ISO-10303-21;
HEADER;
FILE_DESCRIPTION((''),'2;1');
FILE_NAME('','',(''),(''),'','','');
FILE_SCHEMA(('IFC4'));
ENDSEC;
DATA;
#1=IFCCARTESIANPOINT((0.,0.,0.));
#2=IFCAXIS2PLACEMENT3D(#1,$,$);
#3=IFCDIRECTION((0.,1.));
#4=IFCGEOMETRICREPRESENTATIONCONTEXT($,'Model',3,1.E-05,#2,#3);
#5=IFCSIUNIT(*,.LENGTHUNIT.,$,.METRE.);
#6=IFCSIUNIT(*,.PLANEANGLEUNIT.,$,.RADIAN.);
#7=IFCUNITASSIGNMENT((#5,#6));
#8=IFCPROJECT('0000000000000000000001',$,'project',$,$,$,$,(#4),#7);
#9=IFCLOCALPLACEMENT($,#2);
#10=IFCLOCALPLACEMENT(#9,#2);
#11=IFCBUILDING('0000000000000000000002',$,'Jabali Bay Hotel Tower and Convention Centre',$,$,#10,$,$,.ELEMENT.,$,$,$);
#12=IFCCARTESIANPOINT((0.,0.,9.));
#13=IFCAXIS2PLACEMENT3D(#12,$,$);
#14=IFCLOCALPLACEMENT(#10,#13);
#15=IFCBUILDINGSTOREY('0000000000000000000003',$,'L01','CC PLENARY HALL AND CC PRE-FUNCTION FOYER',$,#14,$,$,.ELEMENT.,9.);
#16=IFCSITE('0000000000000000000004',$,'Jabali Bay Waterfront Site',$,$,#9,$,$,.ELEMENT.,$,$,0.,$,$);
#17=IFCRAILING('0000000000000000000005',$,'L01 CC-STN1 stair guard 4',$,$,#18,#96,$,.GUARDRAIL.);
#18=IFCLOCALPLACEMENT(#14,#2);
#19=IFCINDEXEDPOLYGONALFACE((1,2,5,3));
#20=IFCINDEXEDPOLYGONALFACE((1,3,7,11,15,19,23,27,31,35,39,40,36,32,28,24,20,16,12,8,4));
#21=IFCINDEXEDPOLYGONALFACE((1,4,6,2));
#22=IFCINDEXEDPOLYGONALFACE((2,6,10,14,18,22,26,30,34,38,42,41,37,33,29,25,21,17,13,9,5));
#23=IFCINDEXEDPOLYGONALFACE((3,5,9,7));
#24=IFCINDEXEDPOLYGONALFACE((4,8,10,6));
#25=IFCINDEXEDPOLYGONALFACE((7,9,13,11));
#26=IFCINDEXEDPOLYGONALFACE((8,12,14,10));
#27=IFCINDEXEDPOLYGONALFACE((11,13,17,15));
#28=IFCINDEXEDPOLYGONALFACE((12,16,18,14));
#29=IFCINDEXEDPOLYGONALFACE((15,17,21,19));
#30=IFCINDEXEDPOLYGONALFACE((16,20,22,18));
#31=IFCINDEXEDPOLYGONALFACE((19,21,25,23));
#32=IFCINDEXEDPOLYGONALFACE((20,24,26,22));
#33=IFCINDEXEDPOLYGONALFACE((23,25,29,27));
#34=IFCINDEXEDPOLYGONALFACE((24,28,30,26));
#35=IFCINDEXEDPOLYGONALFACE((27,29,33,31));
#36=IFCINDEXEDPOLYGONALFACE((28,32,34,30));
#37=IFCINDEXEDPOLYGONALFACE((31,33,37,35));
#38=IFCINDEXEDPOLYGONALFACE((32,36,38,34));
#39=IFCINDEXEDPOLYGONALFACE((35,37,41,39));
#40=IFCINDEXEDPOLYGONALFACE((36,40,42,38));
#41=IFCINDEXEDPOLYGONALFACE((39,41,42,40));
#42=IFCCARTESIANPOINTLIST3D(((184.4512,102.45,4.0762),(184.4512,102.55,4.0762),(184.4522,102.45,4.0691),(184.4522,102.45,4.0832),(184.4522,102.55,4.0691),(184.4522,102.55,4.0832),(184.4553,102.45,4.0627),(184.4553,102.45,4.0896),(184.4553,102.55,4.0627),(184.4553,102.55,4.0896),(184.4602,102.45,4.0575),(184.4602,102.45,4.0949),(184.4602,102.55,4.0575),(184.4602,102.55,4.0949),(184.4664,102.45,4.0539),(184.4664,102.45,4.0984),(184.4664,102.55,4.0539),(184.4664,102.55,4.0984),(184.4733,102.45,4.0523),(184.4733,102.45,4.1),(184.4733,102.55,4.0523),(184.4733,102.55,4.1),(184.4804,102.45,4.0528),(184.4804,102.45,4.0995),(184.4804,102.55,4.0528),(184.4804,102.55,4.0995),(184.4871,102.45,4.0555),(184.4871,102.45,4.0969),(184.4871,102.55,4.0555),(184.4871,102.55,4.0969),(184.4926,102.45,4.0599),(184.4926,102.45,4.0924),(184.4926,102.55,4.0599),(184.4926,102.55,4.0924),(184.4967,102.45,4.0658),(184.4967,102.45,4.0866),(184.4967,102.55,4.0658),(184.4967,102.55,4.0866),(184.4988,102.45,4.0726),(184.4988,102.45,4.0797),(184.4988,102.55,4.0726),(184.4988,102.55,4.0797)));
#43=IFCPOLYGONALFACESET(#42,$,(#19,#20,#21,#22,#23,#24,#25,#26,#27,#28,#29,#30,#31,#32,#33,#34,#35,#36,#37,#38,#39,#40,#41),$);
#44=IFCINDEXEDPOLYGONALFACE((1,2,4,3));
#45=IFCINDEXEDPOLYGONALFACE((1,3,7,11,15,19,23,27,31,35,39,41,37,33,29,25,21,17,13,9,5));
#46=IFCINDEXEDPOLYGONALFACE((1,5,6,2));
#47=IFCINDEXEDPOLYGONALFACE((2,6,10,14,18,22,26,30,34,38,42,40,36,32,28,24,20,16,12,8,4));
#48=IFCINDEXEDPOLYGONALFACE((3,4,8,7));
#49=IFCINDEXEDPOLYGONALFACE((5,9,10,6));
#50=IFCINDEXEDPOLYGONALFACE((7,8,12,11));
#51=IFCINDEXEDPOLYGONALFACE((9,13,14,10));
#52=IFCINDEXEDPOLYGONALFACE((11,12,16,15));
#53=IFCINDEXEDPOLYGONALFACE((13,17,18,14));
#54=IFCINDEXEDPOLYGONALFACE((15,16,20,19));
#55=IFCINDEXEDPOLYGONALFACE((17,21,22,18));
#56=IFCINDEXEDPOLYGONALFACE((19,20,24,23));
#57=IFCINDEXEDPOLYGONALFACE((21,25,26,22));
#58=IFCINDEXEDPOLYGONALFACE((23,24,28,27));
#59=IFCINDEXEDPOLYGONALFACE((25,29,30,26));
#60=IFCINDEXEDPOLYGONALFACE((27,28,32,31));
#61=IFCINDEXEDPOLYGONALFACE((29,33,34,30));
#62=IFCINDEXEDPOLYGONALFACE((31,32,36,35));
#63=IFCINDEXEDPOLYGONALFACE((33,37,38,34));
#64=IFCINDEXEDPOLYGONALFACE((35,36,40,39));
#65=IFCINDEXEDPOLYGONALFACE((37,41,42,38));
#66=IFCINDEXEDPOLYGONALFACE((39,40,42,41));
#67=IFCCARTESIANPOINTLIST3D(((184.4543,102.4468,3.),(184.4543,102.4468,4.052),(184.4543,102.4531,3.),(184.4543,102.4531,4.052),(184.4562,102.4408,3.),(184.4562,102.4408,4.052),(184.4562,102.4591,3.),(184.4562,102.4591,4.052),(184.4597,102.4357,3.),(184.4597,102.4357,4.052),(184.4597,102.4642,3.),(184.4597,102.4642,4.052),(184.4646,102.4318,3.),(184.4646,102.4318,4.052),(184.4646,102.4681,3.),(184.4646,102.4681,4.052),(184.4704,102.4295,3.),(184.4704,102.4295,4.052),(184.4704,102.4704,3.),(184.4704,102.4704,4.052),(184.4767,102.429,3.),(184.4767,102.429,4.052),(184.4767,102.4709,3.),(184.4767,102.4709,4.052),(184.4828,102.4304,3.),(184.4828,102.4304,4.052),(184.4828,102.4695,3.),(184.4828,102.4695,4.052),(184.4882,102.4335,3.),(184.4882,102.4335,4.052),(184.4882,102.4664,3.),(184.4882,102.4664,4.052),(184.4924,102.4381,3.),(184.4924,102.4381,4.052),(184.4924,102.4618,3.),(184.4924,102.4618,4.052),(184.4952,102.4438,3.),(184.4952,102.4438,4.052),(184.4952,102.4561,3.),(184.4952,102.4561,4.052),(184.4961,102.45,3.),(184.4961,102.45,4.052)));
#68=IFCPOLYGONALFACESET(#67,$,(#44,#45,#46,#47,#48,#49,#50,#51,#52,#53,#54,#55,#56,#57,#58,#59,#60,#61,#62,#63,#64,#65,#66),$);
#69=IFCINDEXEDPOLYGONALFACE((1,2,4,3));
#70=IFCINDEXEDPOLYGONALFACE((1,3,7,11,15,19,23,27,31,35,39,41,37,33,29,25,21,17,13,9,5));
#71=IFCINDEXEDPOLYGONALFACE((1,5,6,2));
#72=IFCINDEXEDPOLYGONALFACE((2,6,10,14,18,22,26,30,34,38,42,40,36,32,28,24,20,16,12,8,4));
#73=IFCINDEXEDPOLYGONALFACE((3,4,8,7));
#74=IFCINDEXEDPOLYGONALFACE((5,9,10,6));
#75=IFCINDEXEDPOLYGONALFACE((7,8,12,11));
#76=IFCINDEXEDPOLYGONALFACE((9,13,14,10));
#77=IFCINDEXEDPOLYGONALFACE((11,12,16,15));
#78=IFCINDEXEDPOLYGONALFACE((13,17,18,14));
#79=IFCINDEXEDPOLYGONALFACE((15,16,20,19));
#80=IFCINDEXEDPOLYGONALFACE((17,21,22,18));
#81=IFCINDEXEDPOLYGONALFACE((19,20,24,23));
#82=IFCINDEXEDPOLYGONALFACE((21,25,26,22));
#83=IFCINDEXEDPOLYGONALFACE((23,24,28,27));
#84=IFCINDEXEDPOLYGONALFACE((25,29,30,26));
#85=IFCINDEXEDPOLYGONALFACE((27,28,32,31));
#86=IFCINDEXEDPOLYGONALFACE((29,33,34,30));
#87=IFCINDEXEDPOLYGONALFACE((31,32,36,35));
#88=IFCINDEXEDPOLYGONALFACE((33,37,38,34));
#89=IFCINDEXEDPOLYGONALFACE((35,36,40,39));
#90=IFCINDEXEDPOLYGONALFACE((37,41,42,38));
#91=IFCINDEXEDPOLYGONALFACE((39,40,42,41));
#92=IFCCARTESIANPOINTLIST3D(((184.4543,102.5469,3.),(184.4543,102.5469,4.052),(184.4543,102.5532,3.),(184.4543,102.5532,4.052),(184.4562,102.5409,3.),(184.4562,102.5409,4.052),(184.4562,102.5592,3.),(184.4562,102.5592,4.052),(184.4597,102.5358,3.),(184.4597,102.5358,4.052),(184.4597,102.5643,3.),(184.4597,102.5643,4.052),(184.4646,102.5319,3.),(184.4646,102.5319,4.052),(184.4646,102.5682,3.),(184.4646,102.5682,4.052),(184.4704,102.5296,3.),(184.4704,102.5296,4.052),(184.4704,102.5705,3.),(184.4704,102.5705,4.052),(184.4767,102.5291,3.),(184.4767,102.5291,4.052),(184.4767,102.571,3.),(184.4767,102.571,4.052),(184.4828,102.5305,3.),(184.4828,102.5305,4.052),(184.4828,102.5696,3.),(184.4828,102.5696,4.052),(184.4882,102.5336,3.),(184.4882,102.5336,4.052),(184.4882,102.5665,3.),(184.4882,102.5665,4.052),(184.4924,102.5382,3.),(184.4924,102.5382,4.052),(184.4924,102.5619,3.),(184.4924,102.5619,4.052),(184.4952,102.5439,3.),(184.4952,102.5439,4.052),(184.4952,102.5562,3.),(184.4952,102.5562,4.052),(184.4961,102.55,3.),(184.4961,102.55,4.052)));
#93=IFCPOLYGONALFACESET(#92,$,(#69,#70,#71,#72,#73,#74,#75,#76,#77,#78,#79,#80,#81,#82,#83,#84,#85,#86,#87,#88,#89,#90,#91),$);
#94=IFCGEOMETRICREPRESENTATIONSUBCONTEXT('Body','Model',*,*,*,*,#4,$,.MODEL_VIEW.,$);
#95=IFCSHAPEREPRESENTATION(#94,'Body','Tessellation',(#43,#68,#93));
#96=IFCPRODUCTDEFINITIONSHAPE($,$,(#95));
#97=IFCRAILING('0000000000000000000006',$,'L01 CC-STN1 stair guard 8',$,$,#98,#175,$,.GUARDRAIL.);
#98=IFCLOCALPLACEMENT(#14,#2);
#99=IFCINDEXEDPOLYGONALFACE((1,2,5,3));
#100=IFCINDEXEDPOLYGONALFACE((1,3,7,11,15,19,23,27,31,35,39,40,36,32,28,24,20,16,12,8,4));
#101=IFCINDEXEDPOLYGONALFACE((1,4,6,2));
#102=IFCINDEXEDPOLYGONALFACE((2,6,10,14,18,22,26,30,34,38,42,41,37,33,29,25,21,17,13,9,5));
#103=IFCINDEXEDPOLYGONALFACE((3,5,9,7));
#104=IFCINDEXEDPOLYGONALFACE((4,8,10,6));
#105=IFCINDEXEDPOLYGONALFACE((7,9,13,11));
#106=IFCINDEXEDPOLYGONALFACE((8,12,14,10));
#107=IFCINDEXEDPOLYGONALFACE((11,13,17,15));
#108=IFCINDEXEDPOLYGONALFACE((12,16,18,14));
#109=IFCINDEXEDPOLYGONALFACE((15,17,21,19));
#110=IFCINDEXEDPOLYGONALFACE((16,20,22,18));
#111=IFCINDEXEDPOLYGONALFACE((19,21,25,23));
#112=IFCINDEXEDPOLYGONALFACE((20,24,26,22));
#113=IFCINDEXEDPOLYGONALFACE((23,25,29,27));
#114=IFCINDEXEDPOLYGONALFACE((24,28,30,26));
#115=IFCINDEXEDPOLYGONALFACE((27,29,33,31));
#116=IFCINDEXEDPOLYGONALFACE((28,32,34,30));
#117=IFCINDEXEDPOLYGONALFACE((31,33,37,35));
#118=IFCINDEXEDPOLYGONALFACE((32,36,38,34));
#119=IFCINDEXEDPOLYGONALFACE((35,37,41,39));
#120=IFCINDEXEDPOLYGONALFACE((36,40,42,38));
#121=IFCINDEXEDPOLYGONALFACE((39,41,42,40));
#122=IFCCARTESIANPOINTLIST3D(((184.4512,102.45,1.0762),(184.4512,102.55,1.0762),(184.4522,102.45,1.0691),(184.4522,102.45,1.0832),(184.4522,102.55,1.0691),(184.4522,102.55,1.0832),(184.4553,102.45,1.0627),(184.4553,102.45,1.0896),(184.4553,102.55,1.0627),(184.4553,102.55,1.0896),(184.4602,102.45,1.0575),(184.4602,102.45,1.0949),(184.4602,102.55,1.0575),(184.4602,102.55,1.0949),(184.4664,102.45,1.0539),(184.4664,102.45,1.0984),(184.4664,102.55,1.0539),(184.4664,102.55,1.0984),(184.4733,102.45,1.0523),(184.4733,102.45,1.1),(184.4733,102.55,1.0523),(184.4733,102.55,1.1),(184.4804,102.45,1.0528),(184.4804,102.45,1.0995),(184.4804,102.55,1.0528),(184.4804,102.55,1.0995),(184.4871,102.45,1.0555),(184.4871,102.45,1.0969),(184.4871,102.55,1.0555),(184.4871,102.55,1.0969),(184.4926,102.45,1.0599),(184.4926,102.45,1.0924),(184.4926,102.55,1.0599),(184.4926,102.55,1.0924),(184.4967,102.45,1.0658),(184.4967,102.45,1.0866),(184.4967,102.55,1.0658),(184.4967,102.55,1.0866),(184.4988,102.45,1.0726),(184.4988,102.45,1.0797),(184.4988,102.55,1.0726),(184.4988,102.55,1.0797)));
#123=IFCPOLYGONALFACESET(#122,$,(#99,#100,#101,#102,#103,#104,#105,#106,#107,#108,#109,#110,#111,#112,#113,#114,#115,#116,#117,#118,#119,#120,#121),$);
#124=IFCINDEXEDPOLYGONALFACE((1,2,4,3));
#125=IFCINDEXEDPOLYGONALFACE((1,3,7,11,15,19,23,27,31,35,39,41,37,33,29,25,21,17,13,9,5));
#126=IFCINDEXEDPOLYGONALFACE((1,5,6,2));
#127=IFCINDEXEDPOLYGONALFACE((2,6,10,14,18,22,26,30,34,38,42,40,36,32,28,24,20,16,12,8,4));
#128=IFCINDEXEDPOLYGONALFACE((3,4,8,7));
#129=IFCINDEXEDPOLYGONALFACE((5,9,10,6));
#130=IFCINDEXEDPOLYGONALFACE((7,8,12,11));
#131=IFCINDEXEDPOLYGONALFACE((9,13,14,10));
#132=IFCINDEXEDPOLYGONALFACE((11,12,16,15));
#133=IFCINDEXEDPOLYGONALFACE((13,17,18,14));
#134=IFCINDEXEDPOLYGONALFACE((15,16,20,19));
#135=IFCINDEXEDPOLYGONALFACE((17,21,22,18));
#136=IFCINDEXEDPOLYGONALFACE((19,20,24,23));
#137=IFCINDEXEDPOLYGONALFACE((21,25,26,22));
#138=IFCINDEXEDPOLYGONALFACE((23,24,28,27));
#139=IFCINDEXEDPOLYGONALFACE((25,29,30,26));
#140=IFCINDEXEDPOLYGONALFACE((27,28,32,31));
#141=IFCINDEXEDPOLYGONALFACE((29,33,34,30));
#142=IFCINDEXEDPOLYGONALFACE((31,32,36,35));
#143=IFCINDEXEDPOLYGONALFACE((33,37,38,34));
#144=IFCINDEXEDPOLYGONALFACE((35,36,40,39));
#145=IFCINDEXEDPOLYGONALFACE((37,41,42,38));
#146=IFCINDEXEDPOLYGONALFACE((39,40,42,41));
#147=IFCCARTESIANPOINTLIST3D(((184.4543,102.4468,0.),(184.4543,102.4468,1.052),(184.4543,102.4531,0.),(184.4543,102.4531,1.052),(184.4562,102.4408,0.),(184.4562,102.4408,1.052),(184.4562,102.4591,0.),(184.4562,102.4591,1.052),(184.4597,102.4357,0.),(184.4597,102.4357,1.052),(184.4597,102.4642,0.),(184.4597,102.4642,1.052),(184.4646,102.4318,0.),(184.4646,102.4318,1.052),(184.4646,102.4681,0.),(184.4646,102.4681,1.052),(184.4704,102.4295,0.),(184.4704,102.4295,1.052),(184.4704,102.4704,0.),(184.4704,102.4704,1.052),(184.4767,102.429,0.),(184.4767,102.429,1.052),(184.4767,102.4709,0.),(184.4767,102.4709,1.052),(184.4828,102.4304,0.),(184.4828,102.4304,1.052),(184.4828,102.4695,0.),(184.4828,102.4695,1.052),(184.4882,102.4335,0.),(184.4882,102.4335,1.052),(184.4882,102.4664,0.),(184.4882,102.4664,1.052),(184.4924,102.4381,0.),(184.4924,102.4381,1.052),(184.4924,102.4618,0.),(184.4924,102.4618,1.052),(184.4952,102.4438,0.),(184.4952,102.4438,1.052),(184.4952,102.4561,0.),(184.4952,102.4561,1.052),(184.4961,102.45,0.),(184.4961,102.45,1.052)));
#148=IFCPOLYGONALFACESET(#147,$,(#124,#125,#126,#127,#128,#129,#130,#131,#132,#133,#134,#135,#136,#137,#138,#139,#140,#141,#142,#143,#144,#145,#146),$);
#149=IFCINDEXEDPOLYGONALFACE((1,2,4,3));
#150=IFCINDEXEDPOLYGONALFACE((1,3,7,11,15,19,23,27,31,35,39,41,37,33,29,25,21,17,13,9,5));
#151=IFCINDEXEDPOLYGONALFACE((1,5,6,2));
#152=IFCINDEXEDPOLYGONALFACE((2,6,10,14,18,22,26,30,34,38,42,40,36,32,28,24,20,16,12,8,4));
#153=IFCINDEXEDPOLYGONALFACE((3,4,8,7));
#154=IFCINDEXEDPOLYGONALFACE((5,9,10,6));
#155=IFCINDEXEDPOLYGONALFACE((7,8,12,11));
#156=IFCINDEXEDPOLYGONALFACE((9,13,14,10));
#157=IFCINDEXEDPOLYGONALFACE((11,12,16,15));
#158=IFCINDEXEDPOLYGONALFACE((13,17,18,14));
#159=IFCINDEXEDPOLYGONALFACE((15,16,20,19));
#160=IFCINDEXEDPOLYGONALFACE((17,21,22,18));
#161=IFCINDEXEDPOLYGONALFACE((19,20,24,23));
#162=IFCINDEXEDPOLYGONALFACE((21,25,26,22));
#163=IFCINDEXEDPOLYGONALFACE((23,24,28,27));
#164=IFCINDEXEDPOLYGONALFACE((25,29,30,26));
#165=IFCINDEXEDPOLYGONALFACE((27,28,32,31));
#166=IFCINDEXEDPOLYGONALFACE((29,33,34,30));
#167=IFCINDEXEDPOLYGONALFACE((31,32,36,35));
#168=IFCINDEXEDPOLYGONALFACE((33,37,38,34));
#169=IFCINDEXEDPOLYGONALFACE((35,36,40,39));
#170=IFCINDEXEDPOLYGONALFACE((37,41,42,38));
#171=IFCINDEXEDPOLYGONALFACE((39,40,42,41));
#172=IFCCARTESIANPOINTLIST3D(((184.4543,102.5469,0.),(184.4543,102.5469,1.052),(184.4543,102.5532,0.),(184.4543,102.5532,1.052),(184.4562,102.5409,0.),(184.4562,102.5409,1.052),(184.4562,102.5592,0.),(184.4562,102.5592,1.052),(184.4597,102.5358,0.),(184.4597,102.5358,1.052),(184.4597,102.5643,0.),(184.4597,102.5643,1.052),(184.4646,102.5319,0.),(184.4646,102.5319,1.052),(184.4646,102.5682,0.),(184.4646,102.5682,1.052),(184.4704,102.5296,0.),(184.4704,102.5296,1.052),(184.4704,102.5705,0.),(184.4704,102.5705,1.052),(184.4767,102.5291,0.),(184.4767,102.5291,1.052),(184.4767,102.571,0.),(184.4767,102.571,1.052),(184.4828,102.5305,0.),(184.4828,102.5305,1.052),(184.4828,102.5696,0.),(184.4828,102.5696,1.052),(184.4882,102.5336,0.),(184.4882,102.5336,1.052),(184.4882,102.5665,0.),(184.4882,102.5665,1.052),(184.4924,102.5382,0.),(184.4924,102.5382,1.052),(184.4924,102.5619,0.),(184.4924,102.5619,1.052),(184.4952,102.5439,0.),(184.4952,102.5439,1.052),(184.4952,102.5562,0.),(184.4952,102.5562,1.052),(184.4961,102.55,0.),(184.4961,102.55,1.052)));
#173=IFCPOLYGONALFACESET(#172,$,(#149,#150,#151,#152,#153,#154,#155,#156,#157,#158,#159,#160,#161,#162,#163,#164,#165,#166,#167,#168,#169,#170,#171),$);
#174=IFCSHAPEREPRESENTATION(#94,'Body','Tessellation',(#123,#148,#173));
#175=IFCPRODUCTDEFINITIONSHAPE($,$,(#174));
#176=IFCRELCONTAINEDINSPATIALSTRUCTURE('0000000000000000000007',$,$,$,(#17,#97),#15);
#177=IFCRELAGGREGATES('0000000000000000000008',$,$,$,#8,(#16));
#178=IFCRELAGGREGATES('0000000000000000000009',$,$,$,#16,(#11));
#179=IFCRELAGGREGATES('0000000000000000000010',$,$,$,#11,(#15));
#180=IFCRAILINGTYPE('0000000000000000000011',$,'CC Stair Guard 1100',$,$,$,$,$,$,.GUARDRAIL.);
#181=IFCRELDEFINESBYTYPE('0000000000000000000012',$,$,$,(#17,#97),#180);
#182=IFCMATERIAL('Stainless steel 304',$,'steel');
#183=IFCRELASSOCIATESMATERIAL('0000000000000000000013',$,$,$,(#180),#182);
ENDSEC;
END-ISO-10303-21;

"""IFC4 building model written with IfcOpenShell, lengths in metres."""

from ifc_helpers import new_model, si_unit, direction, frame, origin, origin_2d, place, context, subcontext, project, spatial, circle, extrude, material, type_object, element, save


model = new_model("IFC4")

# Units and contexts
model_context = context("Model", 3, precision=1e-05, world=origin(), true_north=direction((0.0, 1.0)))
body_context = subcontext(model_context, "Body", "Model", "MODEL_VIEW")
ifc_project = project(units=[si_unit("LENGTHUNIT", "METRE"), si_unit("PLANEANGLEUNIT", "RADIAN")], contexts=[model_context])

# Site, building, storey
site_placement = place(None, origin())
site = spatial("IfcSite", under=ifc_project, at=site_placement, Name="Jabali Bay Waterfront Site", CompositionType="ELEMENT", RefElevation=0.0)
building_placement = place(site_placement, origin())
building = spatial("IfcBuilding", under=site, at=building_placement, Name="Jabali Bay Hotel Tower and Convention Centre", CompositionType="ELEMENT")
storey_placement = place(building_placement, frame((0.0, 0.0, 9.0)))
storey = spatial("IfcBuildingStorey", under=building, at=storey_placement, Name="L01", Description="CC PLENARY HALL AND CC PRE-FUNCTION FOYER", CompositionType="ELEMENT", Elevation=9.0)

# Railings
ifc_material_1 = material(Name="Stainless steel 304", Category="steel")
railing_type_1 = type_object("IfcRailingType", Name="CC Stair Guard 1100", PredefinedType="GUARDRAIL", material=ifc_material_1)
for number, where, name in (
    (1, (184.4751, 102.45, 3.0), "L01 CC-STN1 stair guard 4"),
    (2, (184.4751, 102.45, 0.0), "L01 CC-STN1 stair guard 8"),
):
    element("IfcRailing", number, at=place(storey_placement, frame(where)), inside=storey, type_object=railing_type_1, Name=name, PredefinedType="GUARDRAIL", context=body_context, shape_type="SweptSolid", body=[
        extrude(circle(Radius=0.0239, at=origin_2d()), frame((0.0, 0.0, 1.0762), z_axis=(0.0, 1.0, 0.0), x_axis=(-1.0, 0.0, 0.0)), (0.0, 0.0, 1.0), 0.1001),
        extrude(circle(Radius=0.021, at=origin_2d()), origin(), (0.0, 0.0, 1.0), 1.052),
        extrude(circle(Radius=0.021, at=origin_2d()), frame((0.0, 0.1001, 0.0)), (0.0, 0.0, 1.0), 1.052),
    ])

save(model, "model.ifc")
